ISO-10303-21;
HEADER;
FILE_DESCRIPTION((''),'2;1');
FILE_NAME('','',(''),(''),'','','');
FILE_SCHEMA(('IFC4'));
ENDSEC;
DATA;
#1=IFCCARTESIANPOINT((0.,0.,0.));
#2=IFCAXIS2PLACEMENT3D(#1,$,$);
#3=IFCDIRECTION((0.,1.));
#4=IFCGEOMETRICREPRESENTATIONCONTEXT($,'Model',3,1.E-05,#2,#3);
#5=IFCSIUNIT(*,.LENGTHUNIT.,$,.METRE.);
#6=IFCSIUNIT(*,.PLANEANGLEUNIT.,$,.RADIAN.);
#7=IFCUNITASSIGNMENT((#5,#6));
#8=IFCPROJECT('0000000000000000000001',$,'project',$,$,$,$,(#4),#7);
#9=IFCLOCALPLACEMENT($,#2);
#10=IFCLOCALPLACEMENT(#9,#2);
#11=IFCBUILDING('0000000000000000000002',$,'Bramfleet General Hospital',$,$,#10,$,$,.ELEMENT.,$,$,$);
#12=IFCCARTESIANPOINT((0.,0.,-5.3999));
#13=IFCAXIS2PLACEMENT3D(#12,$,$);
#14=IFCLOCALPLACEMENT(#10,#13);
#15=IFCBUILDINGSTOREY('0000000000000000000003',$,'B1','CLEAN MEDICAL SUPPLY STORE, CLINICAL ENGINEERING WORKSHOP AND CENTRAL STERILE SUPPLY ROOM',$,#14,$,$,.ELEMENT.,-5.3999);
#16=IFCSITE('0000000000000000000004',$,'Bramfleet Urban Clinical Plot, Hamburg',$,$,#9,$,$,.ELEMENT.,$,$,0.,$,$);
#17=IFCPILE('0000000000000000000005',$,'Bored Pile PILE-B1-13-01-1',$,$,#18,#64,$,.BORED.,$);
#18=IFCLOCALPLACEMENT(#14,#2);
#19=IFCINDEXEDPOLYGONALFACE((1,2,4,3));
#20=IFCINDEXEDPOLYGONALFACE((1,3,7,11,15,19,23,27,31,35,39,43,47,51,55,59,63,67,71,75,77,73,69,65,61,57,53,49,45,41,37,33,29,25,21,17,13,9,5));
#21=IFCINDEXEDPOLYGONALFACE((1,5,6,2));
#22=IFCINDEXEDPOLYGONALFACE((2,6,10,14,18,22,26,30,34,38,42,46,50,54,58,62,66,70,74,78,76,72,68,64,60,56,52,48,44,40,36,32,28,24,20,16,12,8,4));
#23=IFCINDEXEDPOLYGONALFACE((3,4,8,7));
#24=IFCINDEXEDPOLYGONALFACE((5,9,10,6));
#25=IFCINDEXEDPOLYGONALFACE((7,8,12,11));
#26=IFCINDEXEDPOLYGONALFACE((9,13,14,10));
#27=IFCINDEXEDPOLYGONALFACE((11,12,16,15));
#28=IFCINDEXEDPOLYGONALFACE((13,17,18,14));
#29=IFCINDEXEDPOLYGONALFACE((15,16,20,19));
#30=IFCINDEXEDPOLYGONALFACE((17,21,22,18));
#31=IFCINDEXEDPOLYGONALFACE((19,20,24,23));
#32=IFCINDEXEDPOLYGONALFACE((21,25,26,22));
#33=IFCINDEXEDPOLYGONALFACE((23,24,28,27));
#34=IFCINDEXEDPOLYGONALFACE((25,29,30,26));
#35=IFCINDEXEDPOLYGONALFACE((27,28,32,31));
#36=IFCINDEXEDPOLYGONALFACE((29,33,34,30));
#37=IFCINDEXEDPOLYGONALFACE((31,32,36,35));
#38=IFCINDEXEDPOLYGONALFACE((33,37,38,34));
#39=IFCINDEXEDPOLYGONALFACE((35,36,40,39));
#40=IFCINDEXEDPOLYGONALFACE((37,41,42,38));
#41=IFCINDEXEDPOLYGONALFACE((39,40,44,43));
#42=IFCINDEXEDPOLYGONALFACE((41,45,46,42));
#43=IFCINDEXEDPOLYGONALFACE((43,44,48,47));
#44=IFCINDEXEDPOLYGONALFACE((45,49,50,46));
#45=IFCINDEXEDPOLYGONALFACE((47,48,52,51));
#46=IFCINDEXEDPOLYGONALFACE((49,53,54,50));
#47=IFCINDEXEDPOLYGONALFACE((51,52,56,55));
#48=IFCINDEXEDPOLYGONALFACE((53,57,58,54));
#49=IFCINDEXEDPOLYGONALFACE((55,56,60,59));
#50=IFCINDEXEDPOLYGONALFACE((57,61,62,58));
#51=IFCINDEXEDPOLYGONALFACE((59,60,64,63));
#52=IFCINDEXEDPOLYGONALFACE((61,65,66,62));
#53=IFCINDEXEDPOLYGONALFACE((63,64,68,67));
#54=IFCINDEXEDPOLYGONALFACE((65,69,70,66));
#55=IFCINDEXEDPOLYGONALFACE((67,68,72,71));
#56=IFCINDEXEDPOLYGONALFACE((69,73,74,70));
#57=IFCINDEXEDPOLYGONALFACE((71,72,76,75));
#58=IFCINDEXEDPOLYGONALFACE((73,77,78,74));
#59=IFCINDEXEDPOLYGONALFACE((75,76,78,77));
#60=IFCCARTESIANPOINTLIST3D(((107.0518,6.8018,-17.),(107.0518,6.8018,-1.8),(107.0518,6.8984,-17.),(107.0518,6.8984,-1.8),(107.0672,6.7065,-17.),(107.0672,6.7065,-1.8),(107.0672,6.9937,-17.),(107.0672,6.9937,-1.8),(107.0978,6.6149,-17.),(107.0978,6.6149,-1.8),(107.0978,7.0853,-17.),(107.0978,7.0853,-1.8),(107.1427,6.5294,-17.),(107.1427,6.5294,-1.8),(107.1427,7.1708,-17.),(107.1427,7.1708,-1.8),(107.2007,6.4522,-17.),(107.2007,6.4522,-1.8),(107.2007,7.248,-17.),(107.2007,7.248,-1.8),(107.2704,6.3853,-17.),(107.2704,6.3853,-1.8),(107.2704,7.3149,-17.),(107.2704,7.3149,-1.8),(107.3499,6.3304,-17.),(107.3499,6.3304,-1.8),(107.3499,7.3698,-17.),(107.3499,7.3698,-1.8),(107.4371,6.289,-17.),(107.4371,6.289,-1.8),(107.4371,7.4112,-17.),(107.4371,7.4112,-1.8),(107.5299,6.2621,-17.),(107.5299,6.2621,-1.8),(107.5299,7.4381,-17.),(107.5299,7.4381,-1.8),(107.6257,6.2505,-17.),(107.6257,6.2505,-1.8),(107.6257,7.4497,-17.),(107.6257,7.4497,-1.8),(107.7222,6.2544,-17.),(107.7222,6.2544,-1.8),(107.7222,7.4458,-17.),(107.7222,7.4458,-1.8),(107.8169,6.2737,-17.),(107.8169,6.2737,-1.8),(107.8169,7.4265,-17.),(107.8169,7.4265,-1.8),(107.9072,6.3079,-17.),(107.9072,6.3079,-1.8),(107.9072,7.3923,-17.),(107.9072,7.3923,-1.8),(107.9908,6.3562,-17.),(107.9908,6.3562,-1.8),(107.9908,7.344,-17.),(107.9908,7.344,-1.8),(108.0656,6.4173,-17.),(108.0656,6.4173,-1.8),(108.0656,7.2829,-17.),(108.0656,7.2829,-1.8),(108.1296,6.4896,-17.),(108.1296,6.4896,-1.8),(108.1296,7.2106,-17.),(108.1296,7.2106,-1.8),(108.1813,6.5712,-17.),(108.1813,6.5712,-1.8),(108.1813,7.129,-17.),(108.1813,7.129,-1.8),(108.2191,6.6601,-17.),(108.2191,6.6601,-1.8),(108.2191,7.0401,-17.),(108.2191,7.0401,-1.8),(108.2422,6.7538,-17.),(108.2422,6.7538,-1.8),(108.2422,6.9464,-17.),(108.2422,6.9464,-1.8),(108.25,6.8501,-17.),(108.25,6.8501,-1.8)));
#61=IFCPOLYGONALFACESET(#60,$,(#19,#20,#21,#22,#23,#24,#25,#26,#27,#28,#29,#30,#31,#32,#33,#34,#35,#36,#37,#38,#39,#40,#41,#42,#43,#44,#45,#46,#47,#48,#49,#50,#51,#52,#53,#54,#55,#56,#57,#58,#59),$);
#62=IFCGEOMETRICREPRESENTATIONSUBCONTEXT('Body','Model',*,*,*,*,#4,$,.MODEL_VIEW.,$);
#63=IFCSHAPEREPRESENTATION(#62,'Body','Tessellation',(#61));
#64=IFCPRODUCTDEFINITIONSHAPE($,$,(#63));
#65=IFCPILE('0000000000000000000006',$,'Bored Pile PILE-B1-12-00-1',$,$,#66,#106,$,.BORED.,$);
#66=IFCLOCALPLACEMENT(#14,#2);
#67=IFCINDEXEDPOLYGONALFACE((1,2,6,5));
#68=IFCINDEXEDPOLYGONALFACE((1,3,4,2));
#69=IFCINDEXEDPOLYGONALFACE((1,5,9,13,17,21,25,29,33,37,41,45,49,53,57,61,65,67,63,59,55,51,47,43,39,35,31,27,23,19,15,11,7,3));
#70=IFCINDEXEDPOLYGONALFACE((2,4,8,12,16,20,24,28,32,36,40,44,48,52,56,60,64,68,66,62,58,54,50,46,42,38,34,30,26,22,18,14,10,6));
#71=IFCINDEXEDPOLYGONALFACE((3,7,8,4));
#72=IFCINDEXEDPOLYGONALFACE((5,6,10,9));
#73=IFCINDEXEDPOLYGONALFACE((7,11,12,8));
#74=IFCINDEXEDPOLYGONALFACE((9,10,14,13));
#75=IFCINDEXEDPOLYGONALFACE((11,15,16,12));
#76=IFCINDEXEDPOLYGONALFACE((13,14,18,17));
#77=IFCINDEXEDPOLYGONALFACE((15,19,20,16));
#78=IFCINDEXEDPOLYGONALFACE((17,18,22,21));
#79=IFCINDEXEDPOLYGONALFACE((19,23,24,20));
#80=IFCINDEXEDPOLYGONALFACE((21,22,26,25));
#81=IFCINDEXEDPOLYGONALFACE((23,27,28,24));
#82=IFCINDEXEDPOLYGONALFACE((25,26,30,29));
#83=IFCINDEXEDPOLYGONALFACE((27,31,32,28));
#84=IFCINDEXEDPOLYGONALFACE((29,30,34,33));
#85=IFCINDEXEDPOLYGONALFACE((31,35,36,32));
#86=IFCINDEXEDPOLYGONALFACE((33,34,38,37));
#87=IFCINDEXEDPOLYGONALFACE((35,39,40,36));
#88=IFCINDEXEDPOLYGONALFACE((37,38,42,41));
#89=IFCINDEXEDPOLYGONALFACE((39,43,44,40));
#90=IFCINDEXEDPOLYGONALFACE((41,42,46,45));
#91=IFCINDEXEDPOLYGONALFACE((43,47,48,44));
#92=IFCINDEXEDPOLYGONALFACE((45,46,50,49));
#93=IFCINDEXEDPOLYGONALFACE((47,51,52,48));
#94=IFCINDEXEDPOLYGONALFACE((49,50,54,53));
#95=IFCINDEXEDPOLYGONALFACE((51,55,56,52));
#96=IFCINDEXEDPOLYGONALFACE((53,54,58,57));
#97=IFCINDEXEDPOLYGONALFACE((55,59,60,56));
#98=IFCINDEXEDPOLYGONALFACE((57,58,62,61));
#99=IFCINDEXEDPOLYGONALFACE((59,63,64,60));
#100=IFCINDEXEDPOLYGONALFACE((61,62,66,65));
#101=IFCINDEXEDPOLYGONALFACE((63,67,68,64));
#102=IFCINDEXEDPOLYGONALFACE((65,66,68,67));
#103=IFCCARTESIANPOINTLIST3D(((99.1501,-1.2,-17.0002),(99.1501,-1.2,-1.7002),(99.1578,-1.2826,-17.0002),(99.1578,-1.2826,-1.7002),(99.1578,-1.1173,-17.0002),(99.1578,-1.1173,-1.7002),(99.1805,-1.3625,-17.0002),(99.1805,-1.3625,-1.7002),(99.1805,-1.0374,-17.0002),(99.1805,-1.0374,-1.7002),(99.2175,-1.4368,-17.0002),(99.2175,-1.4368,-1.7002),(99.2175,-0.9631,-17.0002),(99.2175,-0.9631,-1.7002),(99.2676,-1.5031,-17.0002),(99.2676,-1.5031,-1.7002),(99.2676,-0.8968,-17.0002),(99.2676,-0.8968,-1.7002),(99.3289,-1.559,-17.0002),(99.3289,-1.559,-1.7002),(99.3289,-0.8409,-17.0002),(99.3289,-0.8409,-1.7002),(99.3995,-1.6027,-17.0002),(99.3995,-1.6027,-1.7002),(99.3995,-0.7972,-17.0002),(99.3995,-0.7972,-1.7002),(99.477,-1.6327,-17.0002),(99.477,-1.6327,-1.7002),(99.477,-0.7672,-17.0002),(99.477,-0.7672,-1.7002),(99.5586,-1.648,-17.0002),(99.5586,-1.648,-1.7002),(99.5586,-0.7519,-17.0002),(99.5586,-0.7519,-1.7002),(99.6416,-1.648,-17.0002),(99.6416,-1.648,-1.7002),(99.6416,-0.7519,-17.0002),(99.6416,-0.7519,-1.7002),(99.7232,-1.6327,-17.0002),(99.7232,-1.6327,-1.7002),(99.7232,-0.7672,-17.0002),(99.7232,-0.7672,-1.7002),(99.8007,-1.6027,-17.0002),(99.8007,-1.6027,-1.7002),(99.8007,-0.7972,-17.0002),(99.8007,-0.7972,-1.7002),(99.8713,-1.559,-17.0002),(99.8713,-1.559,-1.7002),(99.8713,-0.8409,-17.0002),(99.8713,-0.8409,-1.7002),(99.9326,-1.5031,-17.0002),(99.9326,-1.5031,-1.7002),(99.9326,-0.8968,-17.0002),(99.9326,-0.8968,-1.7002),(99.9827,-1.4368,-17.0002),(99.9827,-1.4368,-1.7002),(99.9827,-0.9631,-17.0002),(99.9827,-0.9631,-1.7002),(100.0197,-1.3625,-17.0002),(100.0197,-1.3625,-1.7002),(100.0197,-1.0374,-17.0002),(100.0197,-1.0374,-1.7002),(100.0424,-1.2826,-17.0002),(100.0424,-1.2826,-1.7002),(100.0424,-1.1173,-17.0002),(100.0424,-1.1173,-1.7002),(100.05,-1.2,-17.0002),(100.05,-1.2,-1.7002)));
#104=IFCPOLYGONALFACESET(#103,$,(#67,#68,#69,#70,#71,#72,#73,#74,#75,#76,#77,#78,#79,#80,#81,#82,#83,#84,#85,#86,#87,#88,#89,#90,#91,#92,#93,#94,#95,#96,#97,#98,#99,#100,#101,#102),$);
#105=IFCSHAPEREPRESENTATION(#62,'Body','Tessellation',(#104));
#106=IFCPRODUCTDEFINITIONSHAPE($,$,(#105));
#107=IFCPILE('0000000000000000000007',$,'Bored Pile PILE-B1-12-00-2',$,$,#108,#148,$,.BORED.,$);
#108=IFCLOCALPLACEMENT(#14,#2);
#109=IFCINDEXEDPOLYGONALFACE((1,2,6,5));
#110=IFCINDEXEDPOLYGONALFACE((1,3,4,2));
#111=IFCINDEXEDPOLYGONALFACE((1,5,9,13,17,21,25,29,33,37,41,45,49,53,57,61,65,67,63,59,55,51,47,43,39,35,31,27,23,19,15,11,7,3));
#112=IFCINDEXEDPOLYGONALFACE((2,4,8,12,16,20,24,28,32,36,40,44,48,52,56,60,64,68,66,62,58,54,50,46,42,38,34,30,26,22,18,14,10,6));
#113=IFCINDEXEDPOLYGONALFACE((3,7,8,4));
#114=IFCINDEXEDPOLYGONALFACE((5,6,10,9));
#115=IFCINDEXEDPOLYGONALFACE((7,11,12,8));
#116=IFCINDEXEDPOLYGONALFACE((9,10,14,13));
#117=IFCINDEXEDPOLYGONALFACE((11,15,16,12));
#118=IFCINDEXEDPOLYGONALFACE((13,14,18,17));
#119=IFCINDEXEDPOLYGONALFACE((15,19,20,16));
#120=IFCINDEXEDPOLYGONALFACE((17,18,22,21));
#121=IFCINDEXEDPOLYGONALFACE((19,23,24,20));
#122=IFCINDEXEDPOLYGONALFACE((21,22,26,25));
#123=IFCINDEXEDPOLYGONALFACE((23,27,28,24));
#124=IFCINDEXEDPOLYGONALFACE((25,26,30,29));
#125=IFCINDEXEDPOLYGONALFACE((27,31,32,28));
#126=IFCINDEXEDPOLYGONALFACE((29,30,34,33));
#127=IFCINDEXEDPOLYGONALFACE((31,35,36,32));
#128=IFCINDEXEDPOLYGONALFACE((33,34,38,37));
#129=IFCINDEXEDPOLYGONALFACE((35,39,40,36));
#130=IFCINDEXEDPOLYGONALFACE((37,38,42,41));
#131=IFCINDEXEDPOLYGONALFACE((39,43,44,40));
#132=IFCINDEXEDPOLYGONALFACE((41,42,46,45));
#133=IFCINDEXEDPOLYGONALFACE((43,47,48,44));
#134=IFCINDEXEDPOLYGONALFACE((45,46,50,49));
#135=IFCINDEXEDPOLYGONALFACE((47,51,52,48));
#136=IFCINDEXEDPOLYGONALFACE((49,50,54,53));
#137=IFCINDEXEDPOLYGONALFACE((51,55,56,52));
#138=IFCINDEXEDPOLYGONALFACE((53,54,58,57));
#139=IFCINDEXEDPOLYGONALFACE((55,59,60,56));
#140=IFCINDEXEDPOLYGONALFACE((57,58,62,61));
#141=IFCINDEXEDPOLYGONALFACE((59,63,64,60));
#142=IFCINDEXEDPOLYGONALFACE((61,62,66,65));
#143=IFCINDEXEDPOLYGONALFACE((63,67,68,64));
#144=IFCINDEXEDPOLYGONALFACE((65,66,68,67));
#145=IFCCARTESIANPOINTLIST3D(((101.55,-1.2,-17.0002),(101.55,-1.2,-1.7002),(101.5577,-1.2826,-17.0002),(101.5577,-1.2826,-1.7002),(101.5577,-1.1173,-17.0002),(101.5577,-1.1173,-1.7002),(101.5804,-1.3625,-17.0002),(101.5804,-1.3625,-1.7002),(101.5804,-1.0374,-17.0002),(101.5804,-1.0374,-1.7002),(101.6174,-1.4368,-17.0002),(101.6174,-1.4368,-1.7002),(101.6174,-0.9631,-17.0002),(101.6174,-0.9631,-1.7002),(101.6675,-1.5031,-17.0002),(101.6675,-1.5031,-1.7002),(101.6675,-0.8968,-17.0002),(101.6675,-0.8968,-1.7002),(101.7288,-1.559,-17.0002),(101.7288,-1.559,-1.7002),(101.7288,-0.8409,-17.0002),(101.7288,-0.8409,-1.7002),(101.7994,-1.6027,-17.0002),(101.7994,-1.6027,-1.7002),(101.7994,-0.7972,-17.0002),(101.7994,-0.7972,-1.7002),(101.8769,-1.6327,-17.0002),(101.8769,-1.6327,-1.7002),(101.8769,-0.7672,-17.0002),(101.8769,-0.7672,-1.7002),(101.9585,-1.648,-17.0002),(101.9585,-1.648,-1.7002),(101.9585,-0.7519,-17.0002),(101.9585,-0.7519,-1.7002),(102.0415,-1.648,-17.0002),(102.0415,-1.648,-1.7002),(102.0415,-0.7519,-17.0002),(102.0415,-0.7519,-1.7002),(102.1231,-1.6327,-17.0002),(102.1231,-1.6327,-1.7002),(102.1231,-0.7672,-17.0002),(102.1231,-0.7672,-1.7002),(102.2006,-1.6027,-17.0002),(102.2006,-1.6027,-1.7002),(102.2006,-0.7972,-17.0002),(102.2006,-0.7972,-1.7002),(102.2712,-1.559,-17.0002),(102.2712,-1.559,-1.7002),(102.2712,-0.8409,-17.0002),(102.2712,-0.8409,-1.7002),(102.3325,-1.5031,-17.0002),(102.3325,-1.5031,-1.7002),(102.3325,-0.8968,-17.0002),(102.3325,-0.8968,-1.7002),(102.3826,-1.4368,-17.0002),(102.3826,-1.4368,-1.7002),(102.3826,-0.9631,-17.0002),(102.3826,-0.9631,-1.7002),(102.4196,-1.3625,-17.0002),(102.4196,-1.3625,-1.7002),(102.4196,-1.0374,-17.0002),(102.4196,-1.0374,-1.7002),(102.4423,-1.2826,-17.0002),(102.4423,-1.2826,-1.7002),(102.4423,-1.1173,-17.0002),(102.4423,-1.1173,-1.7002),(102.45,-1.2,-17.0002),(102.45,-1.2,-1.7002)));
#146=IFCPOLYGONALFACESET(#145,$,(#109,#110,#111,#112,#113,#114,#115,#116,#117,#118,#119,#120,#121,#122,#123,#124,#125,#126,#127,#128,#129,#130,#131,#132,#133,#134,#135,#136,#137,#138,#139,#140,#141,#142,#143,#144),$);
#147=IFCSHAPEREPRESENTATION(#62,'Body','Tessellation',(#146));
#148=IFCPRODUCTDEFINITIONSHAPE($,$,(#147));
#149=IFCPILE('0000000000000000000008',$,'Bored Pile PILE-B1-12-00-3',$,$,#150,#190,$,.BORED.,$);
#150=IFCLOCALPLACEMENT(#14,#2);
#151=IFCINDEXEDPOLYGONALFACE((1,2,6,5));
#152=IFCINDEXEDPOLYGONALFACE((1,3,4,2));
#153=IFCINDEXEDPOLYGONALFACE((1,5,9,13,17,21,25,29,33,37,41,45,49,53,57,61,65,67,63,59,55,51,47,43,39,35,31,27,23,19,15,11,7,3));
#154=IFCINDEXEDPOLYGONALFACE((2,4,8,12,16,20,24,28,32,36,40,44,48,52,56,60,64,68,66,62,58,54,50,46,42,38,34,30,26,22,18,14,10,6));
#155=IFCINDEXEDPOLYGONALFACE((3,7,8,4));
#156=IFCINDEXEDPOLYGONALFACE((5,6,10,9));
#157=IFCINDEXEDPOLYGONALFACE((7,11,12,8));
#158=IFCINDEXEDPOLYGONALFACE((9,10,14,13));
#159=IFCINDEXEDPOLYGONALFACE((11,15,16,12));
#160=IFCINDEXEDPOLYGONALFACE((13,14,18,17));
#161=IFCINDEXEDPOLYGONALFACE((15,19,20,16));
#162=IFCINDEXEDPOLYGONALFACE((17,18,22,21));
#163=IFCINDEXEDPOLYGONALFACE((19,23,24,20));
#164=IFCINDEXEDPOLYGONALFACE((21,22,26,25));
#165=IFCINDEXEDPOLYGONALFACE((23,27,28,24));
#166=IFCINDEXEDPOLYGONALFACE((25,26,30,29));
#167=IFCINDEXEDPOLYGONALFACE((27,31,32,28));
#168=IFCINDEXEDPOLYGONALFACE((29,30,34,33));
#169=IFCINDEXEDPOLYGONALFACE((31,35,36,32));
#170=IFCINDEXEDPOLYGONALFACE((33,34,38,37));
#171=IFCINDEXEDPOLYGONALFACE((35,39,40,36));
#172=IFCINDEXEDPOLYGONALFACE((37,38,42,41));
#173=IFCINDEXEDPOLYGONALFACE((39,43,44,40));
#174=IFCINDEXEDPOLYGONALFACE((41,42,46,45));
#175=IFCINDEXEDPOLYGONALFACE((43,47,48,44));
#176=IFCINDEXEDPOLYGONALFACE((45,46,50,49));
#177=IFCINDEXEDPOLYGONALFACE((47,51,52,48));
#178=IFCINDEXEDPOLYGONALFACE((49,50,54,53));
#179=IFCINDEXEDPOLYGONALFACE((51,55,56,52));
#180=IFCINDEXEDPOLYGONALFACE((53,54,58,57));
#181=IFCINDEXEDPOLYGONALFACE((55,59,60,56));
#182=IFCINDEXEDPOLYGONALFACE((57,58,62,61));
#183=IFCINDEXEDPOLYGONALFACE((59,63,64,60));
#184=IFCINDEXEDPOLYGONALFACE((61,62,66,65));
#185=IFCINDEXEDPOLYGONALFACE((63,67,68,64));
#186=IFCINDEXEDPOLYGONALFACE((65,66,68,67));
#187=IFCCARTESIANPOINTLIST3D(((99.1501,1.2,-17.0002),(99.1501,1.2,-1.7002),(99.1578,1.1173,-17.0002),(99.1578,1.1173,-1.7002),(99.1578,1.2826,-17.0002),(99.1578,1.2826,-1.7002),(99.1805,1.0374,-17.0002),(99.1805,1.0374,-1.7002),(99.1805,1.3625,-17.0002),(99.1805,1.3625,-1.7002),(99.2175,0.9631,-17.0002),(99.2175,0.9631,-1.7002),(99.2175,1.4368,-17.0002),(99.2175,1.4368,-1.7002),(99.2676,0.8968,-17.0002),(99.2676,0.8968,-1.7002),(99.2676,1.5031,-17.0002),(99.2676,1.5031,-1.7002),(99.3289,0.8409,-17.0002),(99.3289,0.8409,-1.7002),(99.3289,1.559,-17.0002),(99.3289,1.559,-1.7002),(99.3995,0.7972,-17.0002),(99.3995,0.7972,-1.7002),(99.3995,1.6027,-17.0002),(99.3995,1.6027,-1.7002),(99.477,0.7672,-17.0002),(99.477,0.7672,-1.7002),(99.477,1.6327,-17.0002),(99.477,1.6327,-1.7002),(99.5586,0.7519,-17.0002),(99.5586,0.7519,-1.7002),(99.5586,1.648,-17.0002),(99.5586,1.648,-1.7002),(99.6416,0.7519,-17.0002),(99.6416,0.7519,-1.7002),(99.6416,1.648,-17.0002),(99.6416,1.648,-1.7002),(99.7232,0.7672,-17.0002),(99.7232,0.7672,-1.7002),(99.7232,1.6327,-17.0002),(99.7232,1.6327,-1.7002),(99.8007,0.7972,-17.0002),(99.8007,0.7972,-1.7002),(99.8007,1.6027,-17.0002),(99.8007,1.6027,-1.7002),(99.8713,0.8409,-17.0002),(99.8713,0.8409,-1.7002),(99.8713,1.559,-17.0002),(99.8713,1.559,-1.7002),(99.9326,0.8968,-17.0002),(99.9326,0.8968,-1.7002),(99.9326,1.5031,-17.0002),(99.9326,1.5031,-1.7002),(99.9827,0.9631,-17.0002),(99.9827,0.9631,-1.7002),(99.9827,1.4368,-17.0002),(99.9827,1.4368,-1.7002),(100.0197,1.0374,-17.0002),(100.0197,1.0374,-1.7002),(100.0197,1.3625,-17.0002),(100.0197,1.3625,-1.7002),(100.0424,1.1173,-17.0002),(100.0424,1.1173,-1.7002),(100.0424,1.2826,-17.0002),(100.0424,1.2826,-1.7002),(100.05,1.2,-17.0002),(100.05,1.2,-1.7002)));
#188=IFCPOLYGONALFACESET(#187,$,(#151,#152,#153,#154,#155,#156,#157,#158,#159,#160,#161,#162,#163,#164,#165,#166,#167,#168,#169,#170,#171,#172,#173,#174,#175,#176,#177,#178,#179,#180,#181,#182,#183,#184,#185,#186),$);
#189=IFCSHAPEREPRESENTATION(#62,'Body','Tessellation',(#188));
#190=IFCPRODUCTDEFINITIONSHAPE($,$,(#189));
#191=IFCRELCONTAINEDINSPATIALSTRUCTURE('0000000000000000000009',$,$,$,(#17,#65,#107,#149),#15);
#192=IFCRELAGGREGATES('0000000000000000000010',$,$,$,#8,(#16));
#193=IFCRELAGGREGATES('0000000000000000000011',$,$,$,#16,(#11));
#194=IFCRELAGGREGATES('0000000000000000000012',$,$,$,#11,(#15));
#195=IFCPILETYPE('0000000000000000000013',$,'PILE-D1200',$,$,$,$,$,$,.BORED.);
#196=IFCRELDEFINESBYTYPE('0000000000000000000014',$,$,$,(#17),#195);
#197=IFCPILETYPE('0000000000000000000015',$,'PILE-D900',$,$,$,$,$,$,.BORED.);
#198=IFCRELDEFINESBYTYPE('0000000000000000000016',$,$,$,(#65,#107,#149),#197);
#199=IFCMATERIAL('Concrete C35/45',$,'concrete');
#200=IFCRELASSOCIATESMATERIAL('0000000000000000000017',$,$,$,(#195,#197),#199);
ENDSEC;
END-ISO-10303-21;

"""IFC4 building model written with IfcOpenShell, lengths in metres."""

from ifc_helpers import new_model, si_unit, direction, frame, origin, origin_2d, place, context, subcontext, project, spatial, circle, extrude, material, material_profile, profile_set, type_object, element, save


model = new_model("IFC4")

# Units and contexts
model_context = context("Model", 3, precision=1e-05, world=origin(), true_north=direction((0.0, 1.0)))
body_context = subcontext(model_context, "Body", "Model", "MODEL_VIEW")
ifc_project = project(units=[si_unit("LENGTHUNIT", "METRE"), si_unit("PLANEANGLEUNIT", "RADIAN")], contexts=[model_context])

# Site, building, storey
site_placement = place(None, origin())
site = spatial("IfcSite", under=ifc_project, at=site_placement, Name="Bramfleet Urban Clinical Plot, Hamburg", CompositionType="ELEMENT", RefElevation=0.0)
building_placement = place(site_placement, origin())
building = spatial("IfcBuilding", under=site, at=building_placement, Name="Bramfleet General Hospital", CompositionType="ELEMENT")
storey_placement = place(building_placement, frame((0.0, 0.0, -5.3999)))
storey = spatial("IfcBuildingStorey", under=building, at=storey_placement, Name="B1", Description="CLEAN MEDICAL SUPPLY STORE, CLINICAL ENGINEERING WORKSHOP AND CENTRAL STERILE SUPPLY ROOM", CompositionType="ELEMENT", Elevation=-5.3999)

# Shared definitions
ifc_material_1 = material(Name="Concrete C35/45", Category="concrete")

# Piles
ifc_material_profile_1 = material_profile(ifc_material_1, circle(Radius=0.6001, at=origin_2d()), Name="PILE BORED D1200")
ifc_profile_set_1 = profile_set([ifc_material_profile_1], Name="Concrete C35/45")
pile_type_1 = type_object("IfcPileType", Name="PILE-D1200", PredefinedType="BORED", material=ifc_profile_set_1)
for number, where, z_axis, x_axis, name in (
    (1, (107.6499, 6.8501, -1.8), (0.0, 0.0, -1.0), (1.0, 0.0, 0.0), "Bored Pile PILE-B1-13-01-1"),
):
    element("IfcPile", number, at=place(storey_placement, frame(where, z_axis=z_axis, x_axis=x_axis)), inside=storey, type_object=pile_type_1, Name=name, PredefinedType="BORED", context=body_context, shape_type="SweptSolid", body=[
        extrude(circle(Radius=0.6001, at=origin_2d()), origin(), (0.0, 0.0, 1.0), 15.2),
    ])
ifc_material_profile_2 = material_profile(ifc_material_1, circle(Radius=0.45, at=origin_2d()), Name="PILE BORED D900")
ifc_profile_set_2 = profile_set([ifc_material_profile_2], Name="Concrete C35/45")
pile_type_2 = type_object("IfcPileType", Name="PILE-D900", PredefinedType="BORED", material=ifc_profile_set_2)
for number, where, z_axis, x_axis, name in (
    (2, (99.6001, -1.2, -1.7002), (0.0, 0.0, -1.0), (1.0, 0.0, 0.0), "Bored Pile PILE-B1-12-00-1"),
    (3, (102.0, -1.2, -1.7002), (0.0, 0.0, -1.0), (1.0, 0.0, 0.0), "Bored Pile PILE-B1-12-00-2"),
    (4, (99.6001, 1.2, -1.7002), (0.0, 0.0, -1.0), (1.0, 0.0, 0.0), "Bored Pile PILE-B1-12-00-3"),
):
    element("IfcPile", number, at=place(storey_placement, frame(where, z_axis=z_axis, x_axis=x_axis)), inside=storey, type_object=pile_type_2, Name=name, PredefinedType="BORED", context=body_context, shape_type="SweptSolid", body=[
        extrude(circle(Radius=0.45, at=origin_2d()), origin(), (0.0, 0.0, 1.0), 15.3),
    ])

save(model, "model.ifc")
